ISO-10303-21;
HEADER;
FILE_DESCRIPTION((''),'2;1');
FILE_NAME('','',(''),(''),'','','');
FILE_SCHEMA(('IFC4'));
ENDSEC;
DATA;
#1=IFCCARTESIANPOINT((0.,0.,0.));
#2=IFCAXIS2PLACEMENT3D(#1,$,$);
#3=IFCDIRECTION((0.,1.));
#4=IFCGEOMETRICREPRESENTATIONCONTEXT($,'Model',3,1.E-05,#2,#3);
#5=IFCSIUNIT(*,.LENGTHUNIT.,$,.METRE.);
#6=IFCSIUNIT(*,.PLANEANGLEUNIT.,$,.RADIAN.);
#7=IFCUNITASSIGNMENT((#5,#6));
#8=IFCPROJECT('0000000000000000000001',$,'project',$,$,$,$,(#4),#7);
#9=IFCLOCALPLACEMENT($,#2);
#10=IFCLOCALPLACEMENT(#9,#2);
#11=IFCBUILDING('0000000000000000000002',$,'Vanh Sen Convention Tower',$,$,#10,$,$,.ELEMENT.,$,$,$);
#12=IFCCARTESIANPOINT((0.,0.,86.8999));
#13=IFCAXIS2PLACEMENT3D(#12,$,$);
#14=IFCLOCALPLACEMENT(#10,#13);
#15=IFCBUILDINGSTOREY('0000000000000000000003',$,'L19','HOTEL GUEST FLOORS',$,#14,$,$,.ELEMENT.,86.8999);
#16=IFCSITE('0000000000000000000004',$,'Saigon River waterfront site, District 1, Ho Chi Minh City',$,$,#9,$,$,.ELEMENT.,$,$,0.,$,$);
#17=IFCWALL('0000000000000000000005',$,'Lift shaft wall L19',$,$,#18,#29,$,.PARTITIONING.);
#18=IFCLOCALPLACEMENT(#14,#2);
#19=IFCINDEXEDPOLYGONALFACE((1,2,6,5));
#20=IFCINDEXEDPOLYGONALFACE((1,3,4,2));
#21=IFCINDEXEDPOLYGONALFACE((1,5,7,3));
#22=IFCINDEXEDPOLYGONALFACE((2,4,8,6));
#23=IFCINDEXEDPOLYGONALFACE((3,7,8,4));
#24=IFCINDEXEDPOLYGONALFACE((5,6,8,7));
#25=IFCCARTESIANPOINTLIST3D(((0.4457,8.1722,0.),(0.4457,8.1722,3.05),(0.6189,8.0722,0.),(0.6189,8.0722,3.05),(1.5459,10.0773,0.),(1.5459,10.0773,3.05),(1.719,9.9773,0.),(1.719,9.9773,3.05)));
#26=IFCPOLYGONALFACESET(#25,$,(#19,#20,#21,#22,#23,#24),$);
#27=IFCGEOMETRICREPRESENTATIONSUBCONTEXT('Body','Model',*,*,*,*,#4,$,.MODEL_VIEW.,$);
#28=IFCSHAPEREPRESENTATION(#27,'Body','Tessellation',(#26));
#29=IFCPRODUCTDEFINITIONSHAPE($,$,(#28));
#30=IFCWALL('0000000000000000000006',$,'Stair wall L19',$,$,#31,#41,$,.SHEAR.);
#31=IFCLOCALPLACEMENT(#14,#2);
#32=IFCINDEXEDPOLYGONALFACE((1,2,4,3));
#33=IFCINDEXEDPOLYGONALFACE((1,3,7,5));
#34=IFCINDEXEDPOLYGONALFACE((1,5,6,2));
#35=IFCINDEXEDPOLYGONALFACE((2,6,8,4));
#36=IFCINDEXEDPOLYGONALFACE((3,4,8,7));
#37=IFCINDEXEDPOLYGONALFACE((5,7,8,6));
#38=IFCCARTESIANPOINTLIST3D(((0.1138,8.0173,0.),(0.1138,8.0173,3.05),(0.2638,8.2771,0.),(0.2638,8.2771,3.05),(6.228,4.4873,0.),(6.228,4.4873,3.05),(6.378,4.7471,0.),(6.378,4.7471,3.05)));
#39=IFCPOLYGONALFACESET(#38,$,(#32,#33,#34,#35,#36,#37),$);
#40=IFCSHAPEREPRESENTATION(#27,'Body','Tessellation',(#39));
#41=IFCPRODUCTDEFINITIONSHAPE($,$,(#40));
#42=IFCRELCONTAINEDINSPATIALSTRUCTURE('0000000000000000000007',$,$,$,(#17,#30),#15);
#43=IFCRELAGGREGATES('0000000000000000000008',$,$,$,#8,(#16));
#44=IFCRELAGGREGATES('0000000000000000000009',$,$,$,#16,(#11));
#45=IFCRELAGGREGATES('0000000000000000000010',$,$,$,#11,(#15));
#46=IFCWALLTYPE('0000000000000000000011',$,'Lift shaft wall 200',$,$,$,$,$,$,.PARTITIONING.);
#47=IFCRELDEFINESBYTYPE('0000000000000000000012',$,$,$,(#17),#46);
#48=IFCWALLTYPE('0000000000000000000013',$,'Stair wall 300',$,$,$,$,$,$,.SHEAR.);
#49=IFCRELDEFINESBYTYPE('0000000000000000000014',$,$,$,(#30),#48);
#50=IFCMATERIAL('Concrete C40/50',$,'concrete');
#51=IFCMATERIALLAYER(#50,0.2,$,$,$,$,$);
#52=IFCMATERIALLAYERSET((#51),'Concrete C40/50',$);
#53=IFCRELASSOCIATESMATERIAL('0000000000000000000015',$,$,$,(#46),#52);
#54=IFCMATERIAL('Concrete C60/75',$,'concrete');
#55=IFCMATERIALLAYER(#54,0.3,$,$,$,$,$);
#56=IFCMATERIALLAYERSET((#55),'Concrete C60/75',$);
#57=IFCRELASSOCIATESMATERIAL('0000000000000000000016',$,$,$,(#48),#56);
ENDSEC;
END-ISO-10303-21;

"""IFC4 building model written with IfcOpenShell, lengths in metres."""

from ifc_helpers import new_model, si_unit, direction, frame, frame_2d, origin, place, context, subcontext, project, spatial, rectangle, extrude, material, layer, layer_set, type_object, element, save


model = new_model("IFC4")

# Units and contexts
model_context = context("Model", 3, precision=1e-05, world=origin(), true_north=direction((0.0, 1.0)))
body_context = subcontext(model_context, "Body", "Model", "MODEL_VIEW")
ifc_project = project(units=[si_unit("LENGTHUNIT", "METRE"), si_unit("PLANEANGLEUNIT", "RADIAN")], contexts=[model_context])

# Site, building, storey
site_placement = place(None, origin())
site = spatial("IfcSite", under=ifc_project, at=site_placement, Name="Saigon River waterfront site, District 1, Ho Chi Minh City", CompositionType="ELEMENT", RefElevation=0.0)
building_placement = place(site_placement, origin())
building = spatial("IfcBuilding", under=site, at=building_placement, Name="Vanh Sen Convention Tower", CompositionType="ELEMENT")
storey_placement = place(building_placement, frame((0.0, 0.0, 86.8999)))
storey = spatial("IfcBuildingStorey", under=building, at=storey_placement, Name="L19", Description="HOTEL GUEST FLOORS", CompositionType="ELEMENT", Elevation=86.8999)

# Shared definitions
ifc_material_1 = material(Name="Concrete C60/75", Category="concrete")

# Walls
ifc_material_2 = material(Name="Concrete C40/50", Category="concrete")
ifc_layer_1 = layer(ifc_material_2, 0.2)
ifc_layer_set_1 = layer_set([ifc_layer_1], Name="Concrete C40/50")
wall_type_1 = type_object("IfcWallType", Name="Lift shaft wall 200", PredefinedType="PARTITIONING", material=ifc_layer_set_1)
for number, where, z_axis, x_axis, name in (
    (1, (0.5322, 8.1221, 0.0), (0.0, 0.0, 1.0), (0.500078, 0.86598, 0.0), "Lift shaft wall L19"),
):
    element("IfcWall", number, at=place(storey_placement, frame(where, z_axis=z_axis, x_axis=x_axis)), inside=storey, type_object=wall_type_1, Name=name, PredefinedType="PARTITIONING", context=body_context, shape_type="SweptSolid", body=[
        extrude(rectangle(XDim=2.2, YDim=0.2, at=frame_2d((1.1001, 0.0))), origin(), (0.0, 0.0, 1.0), 3.05),
    ])
ifc_layer_2 = layer(ifc_material_1, 0.3)
ifc_layer_set_2 = layer_set([ifc_layer_2], Name="Concrete C60/75")
wall_type_2 = type_object("IfcWallType", Name="Stair wall 300", PredefinedType="SHEAR", material=ifc_layer_set_2)
wall_1_placement = place(storey_placement, frame((6.303, 4.6172, 0.0), z_axis=(0.0, 0.0, 1.0), x_axis=(-0.866028, 0.499996, 0.0)))
element("IfcWall", 2, at=wall_1_placement, inside=storey, type_object=wall_type_2, Name="Stair wall L19", PredefinedType="SHEAR", context=body_context, shape_type="SweptSolid", body=[
    extrude(rectangle(XDim=7.0601, YDim=0.3, at=frame_2d((3.53, 0.0))), origin(), (0.0, 0.0, 1.0), 3.05),
])

save(model, "model.ifc")
